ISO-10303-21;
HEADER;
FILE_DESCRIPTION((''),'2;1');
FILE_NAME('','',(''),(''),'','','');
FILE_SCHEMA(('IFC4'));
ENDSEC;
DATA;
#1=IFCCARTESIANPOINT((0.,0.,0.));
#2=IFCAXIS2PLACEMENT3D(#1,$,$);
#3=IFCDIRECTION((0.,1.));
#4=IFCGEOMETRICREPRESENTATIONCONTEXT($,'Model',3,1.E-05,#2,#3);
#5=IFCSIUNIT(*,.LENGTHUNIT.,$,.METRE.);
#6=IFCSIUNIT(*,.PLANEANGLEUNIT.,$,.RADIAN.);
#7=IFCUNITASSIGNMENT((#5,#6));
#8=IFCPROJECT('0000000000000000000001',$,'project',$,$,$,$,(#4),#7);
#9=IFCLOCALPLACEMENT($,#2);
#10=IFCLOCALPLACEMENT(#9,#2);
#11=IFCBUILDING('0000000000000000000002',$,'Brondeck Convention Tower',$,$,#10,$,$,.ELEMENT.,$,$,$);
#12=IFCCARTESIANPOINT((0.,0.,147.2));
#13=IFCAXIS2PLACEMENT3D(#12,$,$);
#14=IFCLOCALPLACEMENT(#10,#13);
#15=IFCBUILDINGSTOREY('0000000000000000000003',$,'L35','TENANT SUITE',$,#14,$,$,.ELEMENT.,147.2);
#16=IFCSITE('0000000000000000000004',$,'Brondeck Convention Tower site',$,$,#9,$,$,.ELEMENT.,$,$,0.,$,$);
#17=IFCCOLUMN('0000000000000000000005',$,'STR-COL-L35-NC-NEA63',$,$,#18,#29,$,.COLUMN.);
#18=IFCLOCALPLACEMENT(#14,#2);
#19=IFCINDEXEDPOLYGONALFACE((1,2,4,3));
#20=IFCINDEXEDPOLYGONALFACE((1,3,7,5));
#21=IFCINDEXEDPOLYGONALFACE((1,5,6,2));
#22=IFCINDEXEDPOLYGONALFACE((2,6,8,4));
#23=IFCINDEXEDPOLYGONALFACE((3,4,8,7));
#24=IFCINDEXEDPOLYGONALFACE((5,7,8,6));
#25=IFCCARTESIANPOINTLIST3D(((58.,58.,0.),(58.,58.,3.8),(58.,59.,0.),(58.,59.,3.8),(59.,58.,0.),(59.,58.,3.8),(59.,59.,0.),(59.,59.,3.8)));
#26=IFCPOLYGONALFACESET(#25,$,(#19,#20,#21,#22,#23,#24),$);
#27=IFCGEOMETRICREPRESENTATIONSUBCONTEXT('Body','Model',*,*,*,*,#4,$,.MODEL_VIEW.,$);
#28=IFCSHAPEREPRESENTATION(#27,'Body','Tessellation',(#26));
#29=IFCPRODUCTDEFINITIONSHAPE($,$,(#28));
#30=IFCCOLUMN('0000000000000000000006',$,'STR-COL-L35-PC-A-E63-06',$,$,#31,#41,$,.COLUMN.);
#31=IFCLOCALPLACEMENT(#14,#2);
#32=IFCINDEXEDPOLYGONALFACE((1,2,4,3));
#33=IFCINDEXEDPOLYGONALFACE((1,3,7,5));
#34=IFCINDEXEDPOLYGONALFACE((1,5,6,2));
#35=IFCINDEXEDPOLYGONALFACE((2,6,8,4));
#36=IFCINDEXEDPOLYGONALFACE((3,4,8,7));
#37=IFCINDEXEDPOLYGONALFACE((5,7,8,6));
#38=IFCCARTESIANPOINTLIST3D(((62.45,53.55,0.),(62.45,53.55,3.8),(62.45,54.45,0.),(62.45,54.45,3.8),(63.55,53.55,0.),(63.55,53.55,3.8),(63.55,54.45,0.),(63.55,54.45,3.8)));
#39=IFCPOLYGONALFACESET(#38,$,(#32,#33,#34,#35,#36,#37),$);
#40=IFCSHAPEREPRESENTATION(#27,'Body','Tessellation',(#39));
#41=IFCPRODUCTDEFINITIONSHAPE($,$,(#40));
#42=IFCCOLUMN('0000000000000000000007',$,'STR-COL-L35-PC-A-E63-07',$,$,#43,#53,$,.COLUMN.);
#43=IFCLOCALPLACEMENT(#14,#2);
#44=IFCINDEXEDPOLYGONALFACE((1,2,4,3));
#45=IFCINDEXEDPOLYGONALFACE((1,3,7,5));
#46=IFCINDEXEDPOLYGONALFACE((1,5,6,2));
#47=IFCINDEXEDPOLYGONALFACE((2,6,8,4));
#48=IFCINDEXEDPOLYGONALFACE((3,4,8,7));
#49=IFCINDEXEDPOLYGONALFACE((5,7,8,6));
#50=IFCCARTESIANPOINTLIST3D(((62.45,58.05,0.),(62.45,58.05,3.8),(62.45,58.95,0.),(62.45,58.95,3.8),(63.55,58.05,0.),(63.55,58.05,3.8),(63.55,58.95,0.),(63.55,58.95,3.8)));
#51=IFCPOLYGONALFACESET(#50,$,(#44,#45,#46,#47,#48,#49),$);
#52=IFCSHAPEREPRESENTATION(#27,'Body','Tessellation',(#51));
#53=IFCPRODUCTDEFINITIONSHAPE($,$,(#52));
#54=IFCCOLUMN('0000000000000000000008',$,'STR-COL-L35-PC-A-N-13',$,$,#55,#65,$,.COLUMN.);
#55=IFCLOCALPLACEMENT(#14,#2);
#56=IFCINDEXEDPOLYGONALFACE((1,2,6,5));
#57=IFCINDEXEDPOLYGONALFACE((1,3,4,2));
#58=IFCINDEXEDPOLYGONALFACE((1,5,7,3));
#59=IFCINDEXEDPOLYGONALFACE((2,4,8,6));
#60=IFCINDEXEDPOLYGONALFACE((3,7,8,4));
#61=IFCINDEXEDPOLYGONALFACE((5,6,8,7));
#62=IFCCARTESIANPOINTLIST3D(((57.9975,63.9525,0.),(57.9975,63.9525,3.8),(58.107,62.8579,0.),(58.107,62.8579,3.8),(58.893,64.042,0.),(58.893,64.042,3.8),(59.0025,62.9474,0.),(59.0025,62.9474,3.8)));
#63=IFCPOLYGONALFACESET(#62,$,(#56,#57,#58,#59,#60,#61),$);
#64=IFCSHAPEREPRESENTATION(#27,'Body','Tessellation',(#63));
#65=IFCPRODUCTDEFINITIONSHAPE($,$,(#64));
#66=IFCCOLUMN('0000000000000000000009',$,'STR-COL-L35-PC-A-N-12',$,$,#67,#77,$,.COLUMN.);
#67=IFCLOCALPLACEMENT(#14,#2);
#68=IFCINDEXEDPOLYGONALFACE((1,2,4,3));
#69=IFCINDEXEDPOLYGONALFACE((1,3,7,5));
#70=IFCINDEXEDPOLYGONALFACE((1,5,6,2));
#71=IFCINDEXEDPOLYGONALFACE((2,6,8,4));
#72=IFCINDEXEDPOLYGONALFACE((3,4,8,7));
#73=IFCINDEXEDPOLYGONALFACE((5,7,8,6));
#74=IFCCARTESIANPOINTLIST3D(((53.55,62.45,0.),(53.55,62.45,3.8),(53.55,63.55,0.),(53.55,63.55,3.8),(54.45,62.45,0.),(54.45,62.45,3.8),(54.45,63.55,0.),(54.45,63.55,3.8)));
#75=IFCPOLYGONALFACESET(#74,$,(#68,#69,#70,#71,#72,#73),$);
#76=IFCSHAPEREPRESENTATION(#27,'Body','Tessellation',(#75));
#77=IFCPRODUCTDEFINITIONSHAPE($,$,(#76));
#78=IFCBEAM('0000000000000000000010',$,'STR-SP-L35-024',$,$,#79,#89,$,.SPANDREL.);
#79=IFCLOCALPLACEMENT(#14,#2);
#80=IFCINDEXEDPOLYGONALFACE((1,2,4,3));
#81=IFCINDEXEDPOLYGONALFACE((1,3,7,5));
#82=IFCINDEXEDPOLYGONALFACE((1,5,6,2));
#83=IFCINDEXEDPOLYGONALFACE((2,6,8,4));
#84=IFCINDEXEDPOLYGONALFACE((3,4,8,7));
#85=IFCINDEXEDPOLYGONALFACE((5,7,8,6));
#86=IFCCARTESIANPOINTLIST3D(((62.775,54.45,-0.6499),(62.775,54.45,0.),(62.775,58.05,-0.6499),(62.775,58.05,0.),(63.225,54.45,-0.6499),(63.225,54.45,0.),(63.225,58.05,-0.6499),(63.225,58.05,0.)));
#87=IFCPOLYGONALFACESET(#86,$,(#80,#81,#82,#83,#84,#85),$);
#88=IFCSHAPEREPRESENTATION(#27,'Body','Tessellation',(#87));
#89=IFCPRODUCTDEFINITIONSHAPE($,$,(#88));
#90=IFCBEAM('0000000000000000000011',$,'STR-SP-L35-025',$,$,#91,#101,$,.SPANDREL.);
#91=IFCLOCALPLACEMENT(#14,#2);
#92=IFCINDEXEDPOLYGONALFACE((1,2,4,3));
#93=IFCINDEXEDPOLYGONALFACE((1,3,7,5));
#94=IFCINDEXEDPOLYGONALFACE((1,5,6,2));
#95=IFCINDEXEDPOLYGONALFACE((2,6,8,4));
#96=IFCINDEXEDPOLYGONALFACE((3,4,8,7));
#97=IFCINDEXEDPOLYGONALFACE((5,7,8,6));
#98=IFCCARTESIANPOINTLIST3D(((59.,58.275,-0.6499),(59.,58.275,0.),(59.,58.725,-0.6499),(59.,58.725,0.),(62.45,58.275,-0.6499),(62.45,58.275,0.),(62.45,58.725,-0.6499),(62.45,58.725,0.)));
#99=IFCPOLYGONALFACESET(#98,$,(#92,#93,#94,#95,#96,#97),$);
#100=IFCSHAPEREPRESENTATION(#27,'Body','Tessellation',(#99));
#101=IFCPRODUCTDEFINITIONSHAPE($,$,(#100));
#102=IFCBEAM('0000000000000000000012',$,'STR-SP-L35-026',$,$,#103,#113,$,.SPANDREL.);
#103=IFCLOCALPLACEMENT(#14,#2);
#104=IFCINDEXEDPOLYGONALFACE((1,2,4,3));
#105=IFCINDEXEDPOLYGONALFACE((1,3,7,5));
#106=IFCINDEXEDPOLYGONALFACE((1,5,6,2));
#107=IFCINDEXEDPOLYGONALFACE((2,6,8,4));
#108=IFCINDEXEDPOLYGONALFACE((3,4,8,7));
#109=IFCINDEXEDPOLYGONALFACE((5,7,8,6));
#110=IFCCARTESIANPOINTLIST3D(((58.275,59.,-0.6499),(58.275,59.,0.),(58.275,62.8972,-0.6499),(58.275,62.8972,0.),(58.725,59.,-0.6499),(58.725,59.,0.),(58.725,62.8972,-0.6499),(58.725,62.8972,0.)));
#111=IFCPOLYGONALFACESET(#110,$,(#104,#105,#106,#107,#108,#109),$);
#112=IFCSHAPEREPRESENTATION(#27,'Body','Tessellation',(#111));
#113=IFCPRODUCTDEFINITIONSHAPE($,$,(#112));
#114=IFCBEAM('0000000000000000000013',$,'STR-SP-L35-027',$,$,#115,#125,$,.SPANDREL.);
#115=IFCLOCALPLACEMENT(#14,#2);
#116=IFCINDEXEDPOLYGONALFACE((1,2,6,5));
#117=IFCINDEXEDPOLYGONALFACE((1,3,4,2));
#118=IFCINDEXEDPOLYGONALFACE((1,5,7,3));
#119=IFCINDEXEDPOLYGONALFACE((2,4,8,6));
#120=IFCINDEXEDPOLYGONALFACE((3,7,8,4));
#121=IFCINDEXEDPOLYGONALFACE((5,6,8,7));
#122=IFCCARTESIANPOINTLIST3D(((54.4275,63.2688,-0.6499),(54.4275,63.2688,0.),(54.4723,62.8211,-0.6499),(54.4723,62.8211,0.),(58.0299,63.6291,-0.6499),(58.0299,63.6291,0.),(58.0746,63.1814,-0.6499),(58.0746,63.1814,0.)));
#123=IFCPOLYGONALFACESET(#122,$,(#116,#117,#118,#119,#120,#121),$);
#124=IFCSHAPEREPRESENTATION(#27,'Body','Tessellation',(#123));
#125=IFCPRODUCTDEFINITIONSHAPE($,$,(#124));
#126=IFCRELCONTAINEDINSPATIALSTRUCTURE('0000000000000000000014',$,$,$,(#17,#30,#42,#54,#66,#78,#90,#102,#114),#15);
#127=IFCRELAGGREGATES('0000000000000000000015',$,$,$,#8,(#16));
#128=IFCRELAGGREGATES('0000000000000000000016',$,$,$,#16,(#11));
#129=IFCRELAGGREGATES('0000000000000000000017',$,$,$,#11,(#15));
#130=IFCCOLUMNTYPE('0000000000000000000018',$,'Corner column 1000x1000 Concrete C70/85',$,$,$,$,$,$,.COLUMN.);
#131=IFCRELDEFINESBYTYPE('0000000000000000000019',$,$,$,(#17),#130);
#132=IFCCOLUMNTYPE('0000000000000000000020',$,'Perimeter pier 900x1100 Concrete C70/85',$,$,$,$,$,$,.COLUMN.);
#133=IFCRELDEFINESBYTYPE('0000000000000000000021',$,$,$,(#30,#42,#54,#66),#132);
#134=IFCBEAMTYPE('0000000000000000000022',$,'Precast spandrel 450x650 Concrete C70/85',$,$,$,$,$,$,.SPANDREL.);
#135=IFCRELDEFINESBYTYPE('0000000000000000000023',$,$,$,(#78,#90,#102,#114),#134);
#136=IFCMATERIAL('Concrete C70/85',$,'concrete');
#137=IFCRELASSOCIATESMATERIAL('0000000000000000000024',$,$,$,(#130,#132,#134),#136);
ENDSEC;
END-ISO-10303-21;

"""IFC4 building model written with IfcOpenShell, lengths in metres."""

from ifc_helpers import new_model, si_unit, direction, frame, origin, origin_2d, place, context, subcontext, project, spatial, rectangle, extrude, material, material_profile, profile_set, type_object, element, save


model = new_model("IFC4")

# Units and contexts
model_context = context("Model", 3, precision=1e-05, world=origin(), true_north=direction((0.0, 1.0)))
body_context = subcontext(model_context, "Body", "Model", "MODEL_VIEW")
ifc_project = project(units=[si_unit("LENGTHUNIT", "METRE"), si_unit("PLANEANGLEUNIT", "RADIAN")], contexts=[model_context])

# Site, building, storey
site_placement = place(None, origin())
site = spatial("IfcSite", under=ifc_project, at=site_placement, Name="Brondeck Convention Tower site", CompositionType="ELEMENT", RefElevation=0.0)
building_placement = place(site_placement, origin())
building = spatial("IfcBuilding", under=site, at=building_placement, Name="Brondeck Convention Tower", CompositionType="ELEMENT")
storey_placement = place(building_placement, frame((0.0, 0.0, 147.2)))
storey = spatial("IfcBuildingStorey", under=building, at=storey_placement, Name="L35", Description="TENANT SUITE", CompositionType="ELEMENT", Elevation=147.2)

# Columns
ifc_material_1 = material(Name="Concrete C70/85", Category="concrete")
ifc_material_profile_1 = material_profile(ifc_material_1, rectangle(XDim=1.0, YDim=1.0, at=origin_2d()), Name="Corner column 1000x1000 Concrete C70/85")
ifc_profile_set_1 = profile_set([ifc_material_profile_1], Name="Concrete C70/85")
column_type_1 = type_object("IfcColumnType", Name="Corner column 1000x1000 Concrete C70/85", PredefinedType="COLUMN", material=ifc_profile_set_1)
column_placement = place(storey_placement, frame((58.5, 58.5, 0.0), z_axis=(0.0, 0.0, 1.0), x_axis=(1.0, 0.0, 0.0)))
element("IfcColumn", 1, at=column_placement, inside=storey, type_object=column_type_1, Name="STR-COL-L35-NC-NEA63", PredefinedType="COLUMN", context=body_context, shape_type="SweptSolid", body=[
    extrude(rectangle(XDim=1.0, YDim=1.0, at=origin_2d()), origin(), (0.0, 0.0, 1.0), 3.8),
])
ifc_material_profile_2 = material_profile(ifc_material_1, rectangle(XDim=0.8999, YDim=1.1001, at=origin_2d()), Name="Perimeter pier 900x1100 Concrete C70/85")
ifc_profile_set_2 = profile_set([ifc_material_profile_2], Name="Concrete C70/85")
column_type_2 = type_object("IfcColumnType", Name="Perimeter pier 900x1100 Concrete C70/85", PredefinedType="COLUMN", material=ifc_profile_set_2)
for number, where, z_axis, x_axis, name in (
    (2, (63.0, 54.0, 0.0), (0.0, 0.0, 1.0), (0.0, 1.0, 0.0), "STR-COL-L35-PC-A-E63-06"),
    (3, (63.0, 58.5, 0.0), (0.0, 0.0, 1.0), (0.0, 1.0, 0.0), "STR-COL-L35-PC-A-E63-07"),
    (4, (58.5, 63.45, 0.0), (0.0, 0.0, 1.0), (-0.995037, -0.099504, 0.0), "STR-COL-L35-PC-A-N-13"),
    (5, (54.0, 63.0, 0.0), (0.0, 0.0, 1.0), (-1.0, 0.0, 0.0), "STR-COL-L35-PC-A-N-12"),
):
    element("IfcColumn", number, at=place(storey_placement, frame(where, z_axis=z_axis, x_axis=x_axis)), inside=storey, type_object=column_type_2, Name=name, PredefinedType="COLUMN", context=body_context, shape_type="SweptSolid", body=[
        extrude(rectangle(XDim=0.8999, YDim=1.1001, at=origin_2d()), origin(), (0.0, 0.0, 1.0), 3.8),
    ])

# Beams
ifc_material_profile_3 = material_profile(ifc_material_1, rectangle(XDim=0.45, YDim=0.6499, at=origin_2d()), Name="Precast spandrel 450x650 Concrete C70/85")
ifc_profile_set_3 = profile_set([ifc_material_profile_3], Name="Concrete C70/85")
beam_type = type_object("IfcBeamType", Name="Precast spandrel 450x650 Concrete C70/85", PredefinedType="SPANDREL", material=ifc_profile_set_3)
beam_1_placement = place(storey_placement, frame((63.0, 54.45, -0.325), z_axis=(0.0, 1.0, 0.0), x_axis=(-1.0, 0.0, 0.0)))
element("IfcBeam", 6, at=beam_1_placement, inside=storey, type_object=beam_type, Name="STR-SP-L35-024", PredefinedType="SPANDREL", context=body_context, shape_type="SweptSolid", body=[
    extrude(rectangle(XDim=0.45, YDim=0.6499, at=origin_2d()), origin(), (0.0, 0.0, 1.0), 3.6001),
])
beam_2_placement = place(storey_placement, frame((62.45, 58.5, -0.325), z_axis=(-1.0, 0.0, 0.0), x_axis=(0.0, -1.0, 0.0)))
element("IfcBeam", 7, at=beam_2_placement, inside=storey, type_object=beam_type, Name="STR-SP-L35-025", PredefinedType="SPANDREL", context=body_context, shape_type="SweptSolid", body=[
    extrude(rectangle(XDim=0.45, YDim=0.6499, at=origin_2d()), origin(), (0.0, 0.0, 1.0), 3.45),
])
beam_3_placement = place(storey_placement, frame((58.5, 59.0, -0.325), z_axis=(0.0, 1.0, 0.0), x_axis=(-1.0, 0.0, 0.0)))
element("IfcBeam", 8, at=beam_3_placement, inside=storey, type_object=beam_type, Name="STR-SP-L35-026", PredefinedType="SPANDREL", context=body_context, shape_type="SweptSolid", body=[
    extrude(rectangle(XDim=0.45, YDim=0.6499, at=origin_2d()), origin(), (0.0, 0.0, 1.0), 3.8972),
])
beam_4_placement = place(storey_placement, frame((58.0522, 63.4053, -0.325), z_axis=(-0.995034, -0.099537, 0.0), x_axis=(0.099537, -0.995034, 0.0)))
element("IfcBeam", 9, at=beam_4_placement, inside=storey, type_object=beam_type, Name="STR-SP-L35-027", PredefinedType="SPANDREL", context=body_context, shape_type="SweptSolid", body=[
    extrude(rectangle(XDim=0.45, YDim=0.6499, at=origin_2d()), origin(), (0.0, 0.0, 1.0), 3.6204),
])

save(model, "model.ifc")
